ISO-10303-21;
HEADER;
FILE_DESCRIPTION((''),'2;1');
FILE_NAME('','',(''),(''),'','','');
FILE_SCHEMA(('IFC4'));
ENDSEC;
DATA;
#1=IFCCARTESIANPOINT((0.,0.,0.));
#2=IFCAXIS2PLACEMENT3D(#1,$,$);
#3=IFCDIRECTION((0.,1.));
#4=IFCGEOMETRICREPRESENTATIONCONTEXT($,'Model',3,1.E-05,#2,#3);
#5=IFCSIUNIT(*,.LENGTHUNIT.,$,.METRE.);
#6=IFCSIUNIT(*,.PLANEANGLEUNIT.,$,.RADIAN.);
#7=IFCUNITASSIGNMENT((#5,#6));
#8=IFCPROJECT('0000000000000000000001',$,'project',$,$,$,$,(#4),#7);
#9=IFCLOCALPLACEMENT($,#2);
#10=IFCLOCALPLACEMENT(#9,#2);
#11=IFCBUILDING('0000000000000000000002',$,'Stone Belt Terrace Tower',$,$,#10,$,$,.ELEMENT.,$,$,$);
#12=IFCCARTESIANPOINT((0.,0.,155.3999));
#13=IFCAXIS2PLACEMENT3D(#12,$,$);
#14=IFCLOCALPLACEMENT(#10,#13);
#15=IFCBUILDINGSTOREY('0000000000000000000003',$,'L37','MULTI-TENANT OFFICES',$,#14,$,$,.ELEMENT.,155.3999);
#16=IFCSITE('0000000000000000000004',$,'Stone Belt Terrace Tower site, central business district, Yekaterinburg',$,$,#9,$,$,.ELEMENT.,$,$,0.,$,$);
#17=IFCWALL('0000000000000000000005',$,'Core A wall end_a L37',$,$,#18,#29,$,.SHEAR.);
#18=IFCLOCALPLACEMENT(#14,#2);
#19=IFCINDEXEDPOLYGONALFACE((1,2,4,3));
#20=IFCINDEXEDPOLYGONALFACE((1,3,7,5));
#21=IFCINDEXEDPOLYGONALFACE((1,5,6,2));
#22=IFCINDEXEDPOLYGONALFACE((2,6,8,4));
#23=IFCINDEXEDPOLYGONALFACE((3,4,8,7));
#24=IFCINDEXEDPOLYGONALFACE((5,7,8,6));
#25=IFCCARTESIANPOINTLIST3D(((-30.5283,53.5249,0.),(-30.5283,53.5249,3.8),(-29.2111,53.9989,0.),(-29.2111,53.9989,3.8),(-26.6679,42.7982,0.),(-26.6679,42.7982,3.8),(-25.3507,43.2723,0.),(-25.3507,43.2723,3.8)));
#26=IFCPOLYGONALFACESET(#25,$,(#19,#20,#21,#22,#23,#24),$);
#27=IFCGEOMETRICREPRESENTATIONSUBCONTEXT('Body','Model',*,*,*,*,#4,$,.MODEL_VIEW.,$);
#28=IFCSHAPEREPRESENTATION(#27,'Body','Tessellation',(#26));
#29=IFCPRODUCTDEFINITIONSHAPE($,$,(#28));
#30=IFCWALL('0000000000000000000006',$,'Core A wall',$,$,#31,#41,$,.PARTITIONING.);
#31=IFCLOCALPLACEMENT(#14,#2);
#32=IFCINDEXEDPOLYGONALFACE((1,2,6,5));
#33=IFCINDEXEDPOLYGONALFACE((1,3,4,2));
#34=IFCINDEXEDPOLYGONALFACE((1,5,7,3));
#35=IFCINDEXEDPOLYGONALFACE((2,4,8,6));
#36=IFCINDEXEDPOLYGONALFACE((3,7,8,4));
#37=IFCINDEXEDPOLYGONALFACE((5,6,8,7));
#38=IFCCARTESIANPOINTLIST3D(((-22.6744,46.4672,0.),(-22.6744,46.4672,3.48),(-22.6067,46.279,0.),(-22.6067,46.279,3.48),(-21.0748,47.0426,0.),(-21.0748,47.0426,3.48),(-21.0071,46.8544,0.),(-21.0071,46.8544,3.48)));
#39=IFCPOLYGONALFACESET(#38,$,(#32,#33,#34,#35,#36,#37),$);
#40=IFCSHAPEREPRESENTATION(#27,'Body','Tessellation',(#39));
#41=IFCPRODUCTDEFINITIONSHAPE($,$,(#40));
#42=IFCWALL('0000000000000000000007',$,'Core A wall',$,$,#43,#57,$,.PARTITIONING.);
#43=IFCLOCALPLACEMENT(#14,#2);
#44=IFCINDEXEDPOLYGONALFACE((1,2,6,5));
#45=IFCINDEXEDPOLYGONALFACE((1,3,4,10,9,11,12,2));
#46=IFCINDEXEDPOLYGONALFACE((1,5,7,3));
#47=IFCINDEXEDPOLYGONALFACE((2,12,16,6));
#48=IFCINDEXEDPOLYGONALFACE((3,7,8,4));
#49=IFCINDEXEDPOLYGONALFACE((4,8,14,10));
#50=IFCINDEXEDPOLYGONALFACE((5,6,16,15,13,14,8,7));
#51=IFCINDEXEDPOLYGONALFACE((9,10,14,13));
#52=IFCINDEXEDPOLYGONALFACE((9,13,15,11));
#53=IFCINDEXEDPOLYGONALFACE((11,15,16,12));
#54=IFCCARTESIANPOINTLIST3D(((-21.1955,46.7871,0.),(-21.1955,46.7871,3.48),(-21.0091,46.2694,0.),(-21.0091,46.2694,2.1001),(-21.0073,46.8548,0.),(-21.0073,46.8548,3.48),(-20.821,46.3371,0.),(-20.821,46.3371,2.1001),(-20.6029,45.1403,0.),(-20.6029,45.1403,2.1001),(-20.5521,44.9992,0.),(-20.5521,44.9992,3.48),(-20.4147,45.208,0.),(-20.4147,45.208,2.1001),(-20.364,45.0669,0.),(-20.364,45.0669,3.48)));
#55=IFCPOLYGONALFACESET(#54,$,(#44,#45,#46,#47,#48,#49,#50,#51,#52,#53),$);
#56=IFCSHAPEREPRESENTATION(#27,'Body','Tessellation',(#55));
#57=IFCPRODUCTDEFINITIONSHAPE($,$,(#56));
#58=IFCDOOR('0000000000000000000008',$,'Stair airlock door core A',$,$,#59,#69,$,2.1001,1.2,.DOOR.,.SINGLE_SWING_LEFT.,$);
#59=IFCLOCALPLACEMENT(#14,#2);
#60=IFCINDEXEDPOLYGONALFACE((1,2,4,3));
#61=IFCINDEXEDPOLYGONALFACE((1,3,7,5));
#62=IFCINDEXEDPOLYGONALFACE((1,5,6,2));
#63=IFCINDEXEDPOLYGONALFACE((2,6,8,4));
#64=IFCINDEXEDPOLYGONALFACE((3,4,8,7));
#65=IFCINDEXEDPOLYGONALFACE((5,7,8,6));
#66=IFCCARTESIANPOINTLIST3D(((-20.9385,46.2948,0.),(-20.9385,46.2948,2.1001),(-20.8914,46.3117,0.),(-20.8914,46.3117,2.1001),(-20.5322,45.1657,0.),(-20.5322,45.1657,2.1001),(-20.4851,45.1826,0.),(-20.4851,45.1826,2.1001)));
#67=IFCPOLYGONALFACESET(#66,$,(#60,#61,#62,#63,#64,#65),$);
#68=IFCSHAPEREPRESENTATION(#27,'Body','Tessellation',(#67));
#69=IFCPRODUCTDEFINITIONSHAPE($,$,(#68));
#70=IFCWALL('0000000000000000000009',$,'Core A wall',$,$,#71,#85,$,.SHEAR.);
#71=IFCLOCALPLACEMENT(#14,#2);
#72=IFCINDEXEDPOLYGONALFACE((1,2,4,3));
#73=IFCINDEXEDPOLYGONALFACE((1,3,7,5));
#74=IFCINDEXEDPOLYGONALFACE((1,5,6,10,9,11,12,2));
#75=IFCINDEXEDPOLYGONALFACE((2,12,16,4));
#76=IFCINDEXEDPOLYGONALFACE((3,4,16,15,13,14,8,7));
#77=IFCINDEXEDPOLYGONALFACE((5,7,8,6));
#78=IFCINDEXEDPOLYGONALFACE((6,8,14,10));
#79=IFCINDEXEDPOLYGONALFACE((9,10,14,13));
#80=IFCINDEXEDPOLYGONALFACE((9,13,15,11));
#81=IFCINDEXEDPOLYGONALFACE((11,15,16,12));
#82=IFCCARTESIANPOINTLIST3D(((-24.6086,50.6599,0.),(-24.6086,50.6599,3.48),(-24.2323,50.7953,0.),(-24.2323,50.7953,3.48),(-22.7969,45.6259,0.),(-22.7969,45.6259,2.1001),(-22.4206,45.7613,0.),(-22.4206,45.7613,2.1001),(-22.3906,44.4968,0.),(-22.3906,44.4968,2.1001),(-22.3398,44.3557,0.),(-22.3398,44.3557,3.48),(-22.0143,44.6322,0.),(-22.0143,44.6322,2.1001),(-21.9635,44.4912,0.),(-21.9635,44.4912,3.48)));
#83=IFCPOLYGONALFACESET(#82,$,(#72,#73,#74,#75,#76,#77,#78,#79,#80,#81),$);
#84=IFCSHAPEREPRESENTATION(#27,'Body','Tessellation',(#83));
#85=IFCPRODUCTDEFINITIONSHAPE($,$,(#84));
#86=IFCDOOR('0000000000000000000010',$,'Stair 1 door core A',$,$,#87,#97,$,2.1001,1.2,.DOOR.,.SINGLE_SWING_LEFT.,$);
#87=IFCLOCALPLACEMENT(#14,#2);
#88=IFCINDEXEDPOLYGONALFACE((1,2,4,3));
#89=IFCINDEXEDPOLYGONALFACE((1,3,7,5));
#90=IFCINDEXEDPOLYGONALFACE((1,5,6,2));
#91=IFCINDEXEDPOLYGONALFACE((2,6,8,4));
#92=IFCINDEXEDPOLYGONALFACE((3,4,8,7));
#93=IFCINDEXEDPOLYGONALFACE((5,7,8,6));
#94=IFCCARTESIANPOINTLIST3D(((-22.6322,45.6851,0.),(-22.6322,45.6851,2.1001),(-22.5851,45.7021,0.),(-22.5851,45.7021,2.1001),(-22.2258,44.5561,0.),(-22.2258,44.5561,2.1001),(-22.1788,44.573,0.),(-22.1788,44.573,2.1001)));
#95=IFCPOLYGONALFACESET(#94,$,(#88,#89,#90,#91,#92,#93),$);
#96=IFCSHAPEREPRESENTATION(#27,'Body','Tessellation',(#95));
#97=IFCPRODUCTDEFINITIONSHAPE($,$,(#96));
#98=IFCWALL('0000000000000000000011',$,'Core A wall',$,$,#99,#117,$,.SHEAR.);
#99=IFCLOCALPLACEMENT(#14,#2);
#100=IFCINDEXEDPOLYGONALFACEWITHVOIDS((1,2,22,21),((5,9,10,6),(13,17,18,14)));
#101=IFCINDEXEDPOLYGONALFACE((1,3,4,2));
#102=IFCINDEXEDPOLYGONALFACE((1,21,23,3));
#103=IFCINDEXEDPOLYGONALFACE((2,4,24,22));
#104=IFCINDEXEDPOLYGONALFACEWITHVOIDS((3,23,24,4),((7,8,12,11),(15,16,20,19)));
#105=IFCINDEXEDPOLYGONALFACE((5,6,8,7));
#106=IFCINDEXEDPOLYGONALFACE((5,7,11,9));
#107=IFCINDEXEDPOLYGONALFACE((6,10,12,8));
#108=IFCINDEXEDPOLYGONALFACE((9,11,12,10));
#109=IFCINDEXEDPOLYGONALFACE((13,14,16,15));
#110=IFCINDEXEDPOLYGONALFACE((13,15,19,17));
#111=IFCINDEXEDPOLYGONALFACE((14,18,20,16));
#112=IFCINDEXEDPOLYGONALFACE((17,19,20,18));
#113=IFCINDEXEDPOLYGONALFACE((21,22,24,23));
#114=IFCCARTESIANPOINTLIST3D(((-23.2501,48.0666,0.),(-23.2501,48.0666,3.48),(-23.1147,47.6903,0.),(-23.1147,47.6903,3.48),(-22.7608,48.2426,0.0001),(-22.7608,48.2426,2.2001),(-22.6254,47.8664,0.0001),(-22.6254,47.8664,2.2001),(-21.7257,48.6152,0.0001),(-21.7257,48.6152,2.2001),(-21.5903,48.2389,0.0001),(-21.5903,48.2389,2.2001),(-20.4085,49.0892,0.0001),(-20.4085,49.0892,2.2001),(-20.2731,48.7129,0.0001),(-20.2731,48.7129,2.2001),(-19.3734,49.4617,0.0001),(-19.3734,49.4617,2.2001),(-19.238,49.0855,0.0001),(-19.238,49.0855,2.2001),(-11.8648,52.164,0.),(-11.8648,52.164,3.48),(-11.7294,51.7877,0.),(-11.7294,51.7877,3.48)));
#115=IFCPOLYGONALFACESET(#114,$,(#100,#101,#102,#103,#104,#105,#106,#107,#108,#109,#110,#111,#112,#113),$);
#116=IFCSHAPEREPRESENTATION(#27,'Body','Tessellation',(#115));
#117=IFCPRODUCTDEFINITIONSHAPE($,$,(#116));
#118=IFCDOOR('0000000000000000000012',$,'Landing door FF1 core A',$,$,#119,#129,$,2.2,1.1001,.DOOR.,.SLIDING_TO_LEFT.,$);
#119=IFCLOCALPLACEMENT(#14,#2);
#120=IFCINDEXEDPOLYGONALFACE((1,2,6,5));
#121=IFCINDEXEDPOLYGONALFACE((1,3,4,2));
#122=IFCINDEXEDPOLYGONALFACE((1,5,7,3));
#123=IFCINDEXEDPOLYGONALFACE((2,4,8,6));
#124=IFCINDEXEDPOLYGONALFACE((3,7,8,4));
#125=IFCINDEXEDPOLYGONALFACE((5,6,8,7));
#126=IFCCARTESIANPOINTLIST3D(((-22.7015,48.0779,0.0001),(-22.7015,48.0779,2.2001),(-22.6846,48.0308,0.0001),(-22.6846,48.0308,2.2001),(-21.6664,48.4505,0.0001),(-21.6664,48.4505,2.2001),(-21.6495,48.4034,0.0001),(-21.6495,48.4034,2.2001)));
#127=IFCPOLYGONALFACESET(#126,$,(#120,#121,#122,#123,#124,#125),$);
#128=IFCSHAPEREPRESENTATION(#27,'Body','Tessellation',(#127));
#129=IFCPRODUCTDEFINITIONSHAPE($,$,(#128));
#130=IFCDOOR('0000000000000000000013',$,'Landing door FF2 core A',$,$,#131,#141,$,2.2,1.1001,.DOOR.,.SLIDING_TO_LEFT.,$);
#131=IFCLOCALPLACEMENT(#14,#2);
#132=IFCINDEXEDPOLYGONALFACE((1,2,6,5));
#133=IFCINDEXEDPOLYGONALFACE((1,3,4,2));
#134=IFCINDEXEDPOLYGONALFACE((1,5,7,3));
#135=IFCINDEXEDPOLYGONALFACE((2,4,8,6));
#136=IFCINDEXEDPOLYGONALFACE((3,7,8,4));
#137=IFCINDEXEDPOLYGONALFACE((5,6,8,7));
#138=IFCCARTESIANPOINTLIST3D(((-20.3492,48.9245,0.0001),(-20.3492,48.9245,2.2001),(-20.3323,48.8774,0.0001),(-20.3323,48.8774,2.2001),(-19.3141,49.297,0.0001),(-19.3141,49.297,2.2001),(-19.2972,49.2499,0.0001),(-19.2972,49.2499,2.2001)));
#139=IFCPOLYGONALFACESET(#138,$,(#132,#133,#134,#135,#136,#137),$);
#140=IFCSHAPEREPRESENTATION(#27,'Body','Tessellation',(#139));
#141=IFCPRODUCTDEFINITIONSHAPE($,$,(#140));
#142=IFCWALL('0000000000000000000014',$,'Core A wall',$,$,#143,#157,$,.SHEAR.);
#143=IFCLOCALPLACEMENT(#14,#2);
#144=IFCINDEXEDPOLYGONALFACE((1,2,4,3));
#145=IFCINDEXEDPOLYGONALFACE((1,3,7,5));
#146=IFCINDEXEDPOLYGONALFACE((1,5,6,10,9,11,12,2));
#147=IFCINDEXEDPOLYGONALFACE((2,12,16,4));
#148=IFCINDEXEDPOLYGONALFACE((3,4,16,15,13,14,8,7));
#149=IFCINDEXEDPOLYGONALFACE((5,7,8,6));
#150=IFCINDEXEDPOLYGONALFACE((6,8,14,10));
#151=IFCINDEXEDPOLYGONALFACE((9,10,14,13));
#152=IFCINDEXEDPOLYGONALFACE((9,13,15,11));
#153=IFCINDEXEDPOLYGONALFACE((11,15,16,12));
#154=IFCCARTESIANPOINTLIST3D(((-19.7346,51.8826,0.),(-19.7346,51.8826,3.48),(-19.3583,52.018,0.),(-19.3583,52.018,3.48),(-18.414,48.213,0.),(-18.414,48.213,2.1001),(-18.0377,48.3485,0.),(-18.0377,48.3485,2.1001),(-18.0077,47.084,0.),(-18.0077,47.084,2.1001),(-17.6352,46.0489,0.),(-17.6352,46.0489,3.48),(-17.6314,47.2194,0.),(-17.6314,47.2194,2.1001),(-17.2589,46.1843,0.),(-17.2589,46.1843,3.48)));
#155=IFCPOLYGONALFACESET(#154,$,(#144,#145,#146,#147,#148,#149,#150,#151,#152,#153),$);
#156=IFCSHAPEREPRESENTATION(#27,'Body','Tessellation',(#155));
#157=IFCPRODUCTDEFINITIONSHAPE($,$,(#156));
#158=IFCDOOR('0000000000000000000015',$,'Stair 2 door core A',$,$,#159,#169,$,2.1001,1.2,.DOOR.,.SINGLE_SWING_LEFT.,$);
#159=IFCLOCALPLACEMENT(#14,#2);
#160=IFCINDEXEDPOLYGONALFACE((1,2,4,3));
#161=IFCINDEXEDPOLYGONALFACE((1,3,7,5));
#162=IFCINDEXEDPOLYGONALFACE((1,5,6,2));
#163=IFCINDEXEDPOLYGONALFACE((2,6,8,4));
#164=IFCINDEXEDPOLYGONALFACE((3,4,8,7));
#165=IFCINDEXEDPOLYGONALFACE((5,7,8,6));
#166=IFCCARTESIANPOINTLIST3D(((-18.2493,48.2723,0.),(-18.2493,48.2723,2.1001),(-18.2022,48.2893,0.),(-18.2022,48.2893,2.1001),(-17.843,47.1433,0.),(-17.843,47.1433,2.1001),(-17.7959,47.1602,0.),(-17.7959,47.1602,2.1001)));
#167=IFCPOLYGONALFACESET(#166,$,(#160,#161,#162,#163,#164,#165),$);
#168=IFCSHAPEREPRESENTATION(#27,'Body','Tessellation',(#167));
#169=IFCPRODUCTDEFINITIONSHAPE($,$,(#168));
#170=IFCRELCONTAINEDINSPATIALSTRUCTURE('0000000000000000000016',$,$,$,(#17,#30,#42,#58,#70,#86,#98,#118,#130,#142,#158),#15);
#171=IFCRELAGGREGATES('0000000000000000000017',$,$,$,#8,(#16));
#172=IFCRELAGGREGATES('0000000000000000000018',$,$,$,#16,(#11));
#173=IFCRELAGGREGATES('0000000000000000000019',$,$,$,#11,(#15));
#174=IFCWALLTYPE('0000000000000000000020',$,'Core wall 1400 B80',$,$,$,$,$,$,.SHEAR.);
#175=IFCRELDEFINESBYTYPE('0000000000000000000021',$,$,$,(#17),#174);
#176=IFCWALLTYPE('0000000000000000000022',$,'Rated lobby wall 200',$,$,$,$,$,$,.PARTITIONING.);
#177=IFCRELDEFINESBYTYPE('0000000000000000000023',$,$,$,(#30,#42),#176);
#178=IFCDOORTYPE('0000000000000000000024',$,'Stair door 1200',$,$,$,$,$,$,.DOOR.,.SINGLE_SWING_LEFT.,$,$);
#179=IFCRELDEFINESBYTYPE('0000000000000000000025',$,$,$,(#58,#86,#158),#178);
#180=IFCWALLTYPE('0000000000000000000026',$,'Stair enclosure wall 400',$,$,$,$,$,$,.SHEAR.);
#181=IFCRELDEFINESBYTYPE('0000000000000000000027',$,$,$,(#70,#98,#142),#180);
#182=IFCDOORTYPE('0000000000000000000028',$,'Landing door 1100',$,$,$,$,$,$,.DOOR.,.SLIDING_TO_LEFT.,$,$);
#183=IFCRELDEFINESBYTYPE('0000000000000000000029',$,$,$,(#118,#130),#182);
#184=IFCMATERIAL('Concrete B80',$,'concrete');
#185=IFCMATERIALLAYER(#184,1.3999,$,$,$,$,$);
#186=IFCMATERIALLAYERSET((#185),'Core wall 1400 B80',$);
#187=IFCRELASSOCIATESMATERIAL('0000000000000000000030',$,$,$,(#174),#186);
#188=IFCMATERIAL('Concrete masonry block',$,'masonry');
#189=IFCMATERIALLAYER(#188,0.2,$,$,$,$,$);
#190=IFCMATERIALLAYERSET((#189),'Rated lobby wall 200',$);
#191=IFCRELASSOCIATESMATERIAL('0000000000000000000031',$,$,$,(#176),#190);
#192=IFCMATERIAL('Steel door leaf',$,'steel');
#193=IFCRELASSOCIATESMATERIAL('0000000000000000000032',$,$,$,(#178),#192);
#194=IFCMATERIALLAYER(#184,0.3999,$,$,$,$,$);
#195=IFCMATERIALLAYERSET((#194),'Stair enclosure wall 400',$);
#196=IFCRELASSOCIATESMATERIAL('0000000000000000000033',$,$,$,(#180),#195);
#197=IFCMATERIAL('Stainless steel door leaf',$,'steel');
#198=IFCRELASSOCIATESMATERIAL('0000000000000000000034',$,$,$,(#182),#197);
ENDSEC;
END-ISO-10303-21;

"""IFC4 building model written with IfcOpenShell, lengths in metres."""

from ifc_helpers import new_model, si_unit, direction, frame, frame_2d, origin, place, context, subcontext, project, spatial, rectangle, extrude, material, layer, layer_set, type_object, element, fill, save


model = new_model("IFC4")

# Units and contexts
model_context = context("Model", 3, precision=1e-05, world=origin(), true_north=direction((0.0, 1.0)))
body_context = subcontext(model_context, "Body", "Model", "MODEL_VIEW")
ifc_project = project(units=[si_unit("LENGTHUNIT", "METRE"), si_unit("PLANEANGLEUNIT", "RADIAN")], contexts=[model_context])

# Site, building, storey
site_placement = place(None, origin())
site = spatial("IfcSite", under=ifc_project, at=site_placement, Name="Stone Belt Terrace Tower site, central business district, Yekaterinburg", CompositionType="ELEMENT", RefElevation=0.0)
building_placement = place(site_placement, origin())
building = spatial("IfcBuilding", under=site, at=building_placement, Name="Stone Belt Terrace Tower", CompositionType="ELEMENT")
storey_placement = place(building_placement, frame((0.0, 0.0, 155.3999)))
storey = spatial("IfcBuildingStorey", under=building, at=storey_placement, Name="L37", Description="MULTI-TENANT OFFICES", CompositionType="ELEMENT", Elevation=155.3999)

# Walls
ifc_material_1 = material(Name="Concrete B80", Category="concrete")
ifc_layer_1 = layer(ifc_material_1, 1.3999)
ifc_layer_set_1 = layer_set([ifc_layer_1], Name="Core wall 1400 B80")
wall_type_1 = type_object("IfcWallType", Name="Core wall 1400 B80", PredefinedType="SHEAR", material=ifc_layer_set_1)
wall_1_placement = place(storey_placement, frame((-26.0093, 43.0352, 0.0), z_axis=(0.0, 0.0, 1.0), x_axis=(-0.338625, 0.940921, 0.0)))
element("IfcWall", 1, at=wall_1_placement, inside=storey, type_object=wall_type_1, Name="Core A wall end_a L37", PredefinedType="SHEAR", context=body_context, shape_type="SweptSolid", body=[
    extrude(rectangle(XDim=11.4001, YDim=1.3999, at=frame_2d((5.7002, 0.0))), origin(), (0.0, 0.0, 1.0), 3.8),
])
ifc_material_2 = material(Name="Concrete masonry block", Category="masonry")
ifc_layer_2 = layer(ifc_material_2, 0.2)
ifc_layer_set_2 = layer_set([ifc_layer_2], Name="Rated lobby wall 200")
wall_type_2 = type_object("IfcWallType", Name="Rated lobby wall 200", PredefinedType="PARTITIONING", material=ifc_layer_set_2)
wall_2_placement = place(storey_placement, frame((-22.6406, 46.373, 0.0), z_axis=(0.0, 0.0, 1.0), x_axis=(0.940966, 0.338501, 0.0)))
element("IfcWall", 2, at=wall_2_placement, inside=storey, type_object=wall_type_2, Name="Core A wall", PredefinedType="PARTITIONING", context=body_context, shape_type="SweptSolid", body=[
    extrude(rectangle(XDim=1.7, YDim=0.2, at=frame_2d((0.8501, 0.0))), origin(), (0.0, 0.0, 1.0), 3.48),
])

# Walls, openings, doors
wall_3_placement = place(storey_placement, frame((-20.458, 45.033, 0.0), z_axis=(0.0, 0.0, 1.0), x_axis=(-0.338574, 0.94094, 0.0)))
wall_3 = element("IfcWall", 3, at=wall_3_placement, inside=storey, type_object=wall_type_2, Name="Core A wall", PredefinedType="PARTITIONING", context=body_context, shape_type="SweptSolid", body=[
    extrude(rectangle(XDim=1.9001, YDim=0.2, at=frame_2d((0.9502, 0.0))), origin(), (0.0, 0.0, 1.0), 3.48),
])
opening_1_placement = place(wall_3_placement, frame((0.1499, 0.0, 0.0)))
opening_1 = element("IfcOpeningElement", 4, at=opening_1_placement, cuts=wall_3, PredefinedType="OPENING", context=body_context, shape_type="SweptSolid", body=[
    extrude(rectangle(XDim=1.2, YDim=2.1001, at=frame_2d((0.6001, 1.05))), frame((0.0, 0.1099, 0.0), z_axis=(0.0, -1.0, 0.0), x_axis=(1.0, 0.0, 0.0)), (0.0, 0.0, 1.0), 0.22),
])
ifc_material_3 = material(Name="Steel door leaf", Category="steel")
door_type_1 = type_object("IfcDoorType", Name="Stair door 1200", OperationType="SINGLE_SWING_LEFT", PredefinedType="DOOR", material=ifc_material_3)
door_1_placement = place(opening_1_placement, origin())
door_1 = element("IfcDoor", 5, at=door_1_placement, inside=storey, type_object=door_type_1, Name="Stair airlock door core A", OperationType="SINGLE_SWING_LEFT", OverallHeight=2.1001, OverallWidth=1.2, PredefinedType="DOOR", context=body_context, shape_type="SweptSolid", body=[
    extrude(rectangle(XDim=1.2, YDim=2.1001, at=frame_2d((0.6001, 1.05))), frame((0.0, 0.0249, 0.0), z_axis=(0.0, -1.0, 0.0), x_axis=(1.0, 0.0, 0.0)), (0.0, 0.0, 1.0), 0.05),
])
fill(opening_1, door_1)
ifc_layer_3 = layer(ifc_material_1, 0.3999)
ifc_layer_set_3 = layer_set([ifc_layer_3], Name="Stair enclosure wall 400")
wall_type_3 = type_object("IfcWallType", Name="Stair enclosure wall 400", PredefinedType="SHEAR", material=ifc_layer_set_3)
wall_4_placement = place(storey_placement, frame((-22.1516, 44.4233, 0.0), z_axis=(0.0, 0.0, 1.0), x_axis=(-0.338625, 0.940921, 0.0)))
wall_4 = element("IfcWall", 6, at=wall_4_placement, inside=storey, type_object=wall_type_3, Name="Core A wall", PredefinedType="SHEAR", context=body_context, shape_type="SweptSolid", body=[
    extrude(rectangle(XDim=6.7, YDim=0.3999, at=frame_2d((3.3501, 0.0))), origin(), (0.0, 0.0, 1.0), 3.48),
])
opening_2_placement = place(wall_4_placement, frame((0.1499, 0.0, 0.0)))
opening_2 = element("IfcOpeningElement", 7, at=opening_2_placement, cuts=wall_4, PredefinedType="OPENING", context=body_context, shape_type="SweptSolid", body=[
    extrude(rectangle(XDim=1.2, YDim=2.1001, at=frame_2d((0.6001, 1.05))), frame((0.0, 0.21, 0.0), z_axis=(0.0, -1.0, 0.0), x_axis=(1.0, 0.0, 0.0)), (0.0, 0.0, 1.0), 0.4199),
])
door_2_placement = place(opening_2_placement, origin())
door_2 = element("IfcDoor", 8, at=door_2_placement, inside=storey, type_object=door_type_1, Name="Stair 1 door core A", OperationType="SINGLE_SWING_LEFT", OverallHeight=2.1001, OverallWidth=1.2, PredefinedType="DOOR", context=body_context, shape_type="SweptSolid", body=[
    extrude(rectangle(XDim=1.2, YDim=2.1001, at=frame_2d((0.6001, 1.05))), frame((0.0, 0.0249, 0.0), z_axis=(0.0, -1.0, 0.0), x_axis=(1.0, 0.0, 0.0)), (0.0, 0.0, 1.0), 0.05),
])
fill(opening_2, door_2)

# Wall, openings, doors
wall_5_placement = place(storey_placement, frame((-23.1824, 47.8784, 0.0), z_axis=(0.0, 0.0, 1.0), x_axis=(0.940921, 0.338626, 0.0)))
wall_5 = element("IfcWall", 9, at=wall_5_placement, inside=storey, type_object=wall_type_3, Name="Core A wall", PredefinedType="SHEAR", context=body_context, shape_type="SweptSolid", body=[
    extrude(rectangle(XDim=12.1001, YDim=0.3999, at=frame_2d((6.05, 0.0))), origin(), (0.0, 0.0, 1.0), 3.48),
])
opening_3_placement = place(wall_5_placement, frame((0.52, 0.0, 0.0)))
opening_3 = element("IfcOpeningElement", 10, at=opening_3_placement, cuts=wall_5, PredefinedType="OPENING", context=body_context, shape_type="SweptSolid", body=[
    extrude(rectangle(XDim=1.1001, YDim=2.2, at=frame_2d((0.55, 1.1001))), frame((0.0, 0.21, 0.0), z_axis=(0.0, -1.0, 0.0), x_axis=(1.0, 0.0, 0.0)), (0.0, 0.0, 1.0), 0.4199),
])
opening_4_placement = place(wall_5_placement, frame((3.02, 0.0, 0.0)))
opening_4 = element("IfcOpeningElement", 11, at=opening_4_placement, cuts=wall_5, PredefinedType="OPENING", context=body_context, shape_type="SweptSolid", body=[
    extrude(rectangle(XDim=1.1001, YDim=2.2, at=frame_2d((0.55, 1.1001))), frame((0.0, 0.21, 0.0), z_axis=(0.0, -1.0, 0.0), x_axis=(1.0, 0.0, 0.0)), (0.0, 0.0, 1.0), 0.4199),
])
ifc_material_4 = material(Name="Stainless steel door leaf", Category="steel")
door_type_2 = type_object("IfcDoorType", Name="Landing door 1100", OperationType="SLIDING_TO_LEFT", PredefinedType="DOOR", material=ifc_material_4)
door_3_placement = place(opening_3_placement, origin())
door_3 = element("IfcDoor", 12, at=door_3_placement, inside=storey, type_object=door_type_2, Name="Landing door FF1 core A", OperationType="SLIDING_TO_LEFT", OverallHeight=2.2, OverallWidth=1.1001, PredefinedType="DOOR", context=body_context, shape_type="SweptSolid", body=[
    extrude(rectangle(XDim=1.1001, YDim=2.2, at=frame_2d((0.55, 1.1001))), frame((0.0, 0.0249, 0.0), z_axis=(0.0, -1.0, 0.0), x_axis=(1.0, 0.0, 0.0)), (0.0, 0.0, 1.0), 0.05),
])
fill(opening_3, door_3)
door_4_placement = place(opening_4_placement, origin())
door_4 = element("IfcDoor", 13, at=door_4_placement, inside=storey, type_object=door_type_2, Name="Landing door FF2 core A", OperationType="SLIDING_TO_LEFT", OverallHeight=2.2, OverallWidth=1.1001, PredefinedType="DOOR", context=body_context, shape_type="SweptSolid", body=[
    extrude(rectangle(XDim=1.1001, YDim=2.2, at=frame_2d((0.55, 1.1001))), frame((0.0, 0.0249, 0.0), z_axis=(0.0, -1.0, 0.0), x_axis=(1.0, 0.0, 0.0)), (0.0, 0.0, 1.0), 0.05),
])
fill(opening_4, door_4)

# Wall, opening, door
wall_6_placement = place(storey_placement, frame((-17.447, 46.1165, 0.0), z_axis=(0.0, 0.0, 1.0), x_axis=(-0.338608, 0.940928, 0.0)))
wall_6 = element("IfcWall", 14, at=wall_6_placement, inside=storey, type_object=wall_type_3, Name="Core A wall", PredefinedType="SHEAR", context=body_context, shape_type="SweptSolid", body=[
    extrude(rectangle(XDim=6.2, YDim=0.3999, at=frame_2d((3.1001, 0.0))), origin(), (0.0, 0.0, 1.0), 3.48),
])
opening_5_placement = place(wall_6_placement, frame((1.1001, 0.0, 0.0)))
opening_5 = element("IfcOpeningElement", 15, at=opening_5_placement, cuts=wall_6, PredefinedType="OPENING", context=body_context, shape_type="SweptSolid", body=[
    extrude(rectangle(XDim=1.2, YDim=2.1001, at=frame_2d((0.6001, 1.05))), frame((0.0, 0.21, 0.0), z_axis=(0.0, -1.0, 0.0), x_axis=(1.0, 0.0, 0.0)), (0.0, 0.0, 1.0), 0.4199),
])
door_5_placement = place(opening_5_placement, origin())
door_5 = element("IfcDoor", 16, at=door_5_placement, inside=storey, type_object=door_type_1, Name="Stair 2 door core A", OperationType="SINGLE_SWING_LEFT", OverallHeight=2.1001, OverallWidth=1.2, PredefinedType="DOOR", context=body_context, shape_type="SweptSolid", body=[
    extrude(rectangle(XDim=1.2, YDim=2.1001, at=frame_2d((0.6001, 1.05))), frame((0.0, 0.0249, 0.0), z_axis=(0.0, -1.0, 0.0), x_axis=(1.0, 0.0, 0.0)), (0.0, 0.0, 1.0), 0.05),
])
fill(opening_5, door_5)

save(model, "model.ifc")
